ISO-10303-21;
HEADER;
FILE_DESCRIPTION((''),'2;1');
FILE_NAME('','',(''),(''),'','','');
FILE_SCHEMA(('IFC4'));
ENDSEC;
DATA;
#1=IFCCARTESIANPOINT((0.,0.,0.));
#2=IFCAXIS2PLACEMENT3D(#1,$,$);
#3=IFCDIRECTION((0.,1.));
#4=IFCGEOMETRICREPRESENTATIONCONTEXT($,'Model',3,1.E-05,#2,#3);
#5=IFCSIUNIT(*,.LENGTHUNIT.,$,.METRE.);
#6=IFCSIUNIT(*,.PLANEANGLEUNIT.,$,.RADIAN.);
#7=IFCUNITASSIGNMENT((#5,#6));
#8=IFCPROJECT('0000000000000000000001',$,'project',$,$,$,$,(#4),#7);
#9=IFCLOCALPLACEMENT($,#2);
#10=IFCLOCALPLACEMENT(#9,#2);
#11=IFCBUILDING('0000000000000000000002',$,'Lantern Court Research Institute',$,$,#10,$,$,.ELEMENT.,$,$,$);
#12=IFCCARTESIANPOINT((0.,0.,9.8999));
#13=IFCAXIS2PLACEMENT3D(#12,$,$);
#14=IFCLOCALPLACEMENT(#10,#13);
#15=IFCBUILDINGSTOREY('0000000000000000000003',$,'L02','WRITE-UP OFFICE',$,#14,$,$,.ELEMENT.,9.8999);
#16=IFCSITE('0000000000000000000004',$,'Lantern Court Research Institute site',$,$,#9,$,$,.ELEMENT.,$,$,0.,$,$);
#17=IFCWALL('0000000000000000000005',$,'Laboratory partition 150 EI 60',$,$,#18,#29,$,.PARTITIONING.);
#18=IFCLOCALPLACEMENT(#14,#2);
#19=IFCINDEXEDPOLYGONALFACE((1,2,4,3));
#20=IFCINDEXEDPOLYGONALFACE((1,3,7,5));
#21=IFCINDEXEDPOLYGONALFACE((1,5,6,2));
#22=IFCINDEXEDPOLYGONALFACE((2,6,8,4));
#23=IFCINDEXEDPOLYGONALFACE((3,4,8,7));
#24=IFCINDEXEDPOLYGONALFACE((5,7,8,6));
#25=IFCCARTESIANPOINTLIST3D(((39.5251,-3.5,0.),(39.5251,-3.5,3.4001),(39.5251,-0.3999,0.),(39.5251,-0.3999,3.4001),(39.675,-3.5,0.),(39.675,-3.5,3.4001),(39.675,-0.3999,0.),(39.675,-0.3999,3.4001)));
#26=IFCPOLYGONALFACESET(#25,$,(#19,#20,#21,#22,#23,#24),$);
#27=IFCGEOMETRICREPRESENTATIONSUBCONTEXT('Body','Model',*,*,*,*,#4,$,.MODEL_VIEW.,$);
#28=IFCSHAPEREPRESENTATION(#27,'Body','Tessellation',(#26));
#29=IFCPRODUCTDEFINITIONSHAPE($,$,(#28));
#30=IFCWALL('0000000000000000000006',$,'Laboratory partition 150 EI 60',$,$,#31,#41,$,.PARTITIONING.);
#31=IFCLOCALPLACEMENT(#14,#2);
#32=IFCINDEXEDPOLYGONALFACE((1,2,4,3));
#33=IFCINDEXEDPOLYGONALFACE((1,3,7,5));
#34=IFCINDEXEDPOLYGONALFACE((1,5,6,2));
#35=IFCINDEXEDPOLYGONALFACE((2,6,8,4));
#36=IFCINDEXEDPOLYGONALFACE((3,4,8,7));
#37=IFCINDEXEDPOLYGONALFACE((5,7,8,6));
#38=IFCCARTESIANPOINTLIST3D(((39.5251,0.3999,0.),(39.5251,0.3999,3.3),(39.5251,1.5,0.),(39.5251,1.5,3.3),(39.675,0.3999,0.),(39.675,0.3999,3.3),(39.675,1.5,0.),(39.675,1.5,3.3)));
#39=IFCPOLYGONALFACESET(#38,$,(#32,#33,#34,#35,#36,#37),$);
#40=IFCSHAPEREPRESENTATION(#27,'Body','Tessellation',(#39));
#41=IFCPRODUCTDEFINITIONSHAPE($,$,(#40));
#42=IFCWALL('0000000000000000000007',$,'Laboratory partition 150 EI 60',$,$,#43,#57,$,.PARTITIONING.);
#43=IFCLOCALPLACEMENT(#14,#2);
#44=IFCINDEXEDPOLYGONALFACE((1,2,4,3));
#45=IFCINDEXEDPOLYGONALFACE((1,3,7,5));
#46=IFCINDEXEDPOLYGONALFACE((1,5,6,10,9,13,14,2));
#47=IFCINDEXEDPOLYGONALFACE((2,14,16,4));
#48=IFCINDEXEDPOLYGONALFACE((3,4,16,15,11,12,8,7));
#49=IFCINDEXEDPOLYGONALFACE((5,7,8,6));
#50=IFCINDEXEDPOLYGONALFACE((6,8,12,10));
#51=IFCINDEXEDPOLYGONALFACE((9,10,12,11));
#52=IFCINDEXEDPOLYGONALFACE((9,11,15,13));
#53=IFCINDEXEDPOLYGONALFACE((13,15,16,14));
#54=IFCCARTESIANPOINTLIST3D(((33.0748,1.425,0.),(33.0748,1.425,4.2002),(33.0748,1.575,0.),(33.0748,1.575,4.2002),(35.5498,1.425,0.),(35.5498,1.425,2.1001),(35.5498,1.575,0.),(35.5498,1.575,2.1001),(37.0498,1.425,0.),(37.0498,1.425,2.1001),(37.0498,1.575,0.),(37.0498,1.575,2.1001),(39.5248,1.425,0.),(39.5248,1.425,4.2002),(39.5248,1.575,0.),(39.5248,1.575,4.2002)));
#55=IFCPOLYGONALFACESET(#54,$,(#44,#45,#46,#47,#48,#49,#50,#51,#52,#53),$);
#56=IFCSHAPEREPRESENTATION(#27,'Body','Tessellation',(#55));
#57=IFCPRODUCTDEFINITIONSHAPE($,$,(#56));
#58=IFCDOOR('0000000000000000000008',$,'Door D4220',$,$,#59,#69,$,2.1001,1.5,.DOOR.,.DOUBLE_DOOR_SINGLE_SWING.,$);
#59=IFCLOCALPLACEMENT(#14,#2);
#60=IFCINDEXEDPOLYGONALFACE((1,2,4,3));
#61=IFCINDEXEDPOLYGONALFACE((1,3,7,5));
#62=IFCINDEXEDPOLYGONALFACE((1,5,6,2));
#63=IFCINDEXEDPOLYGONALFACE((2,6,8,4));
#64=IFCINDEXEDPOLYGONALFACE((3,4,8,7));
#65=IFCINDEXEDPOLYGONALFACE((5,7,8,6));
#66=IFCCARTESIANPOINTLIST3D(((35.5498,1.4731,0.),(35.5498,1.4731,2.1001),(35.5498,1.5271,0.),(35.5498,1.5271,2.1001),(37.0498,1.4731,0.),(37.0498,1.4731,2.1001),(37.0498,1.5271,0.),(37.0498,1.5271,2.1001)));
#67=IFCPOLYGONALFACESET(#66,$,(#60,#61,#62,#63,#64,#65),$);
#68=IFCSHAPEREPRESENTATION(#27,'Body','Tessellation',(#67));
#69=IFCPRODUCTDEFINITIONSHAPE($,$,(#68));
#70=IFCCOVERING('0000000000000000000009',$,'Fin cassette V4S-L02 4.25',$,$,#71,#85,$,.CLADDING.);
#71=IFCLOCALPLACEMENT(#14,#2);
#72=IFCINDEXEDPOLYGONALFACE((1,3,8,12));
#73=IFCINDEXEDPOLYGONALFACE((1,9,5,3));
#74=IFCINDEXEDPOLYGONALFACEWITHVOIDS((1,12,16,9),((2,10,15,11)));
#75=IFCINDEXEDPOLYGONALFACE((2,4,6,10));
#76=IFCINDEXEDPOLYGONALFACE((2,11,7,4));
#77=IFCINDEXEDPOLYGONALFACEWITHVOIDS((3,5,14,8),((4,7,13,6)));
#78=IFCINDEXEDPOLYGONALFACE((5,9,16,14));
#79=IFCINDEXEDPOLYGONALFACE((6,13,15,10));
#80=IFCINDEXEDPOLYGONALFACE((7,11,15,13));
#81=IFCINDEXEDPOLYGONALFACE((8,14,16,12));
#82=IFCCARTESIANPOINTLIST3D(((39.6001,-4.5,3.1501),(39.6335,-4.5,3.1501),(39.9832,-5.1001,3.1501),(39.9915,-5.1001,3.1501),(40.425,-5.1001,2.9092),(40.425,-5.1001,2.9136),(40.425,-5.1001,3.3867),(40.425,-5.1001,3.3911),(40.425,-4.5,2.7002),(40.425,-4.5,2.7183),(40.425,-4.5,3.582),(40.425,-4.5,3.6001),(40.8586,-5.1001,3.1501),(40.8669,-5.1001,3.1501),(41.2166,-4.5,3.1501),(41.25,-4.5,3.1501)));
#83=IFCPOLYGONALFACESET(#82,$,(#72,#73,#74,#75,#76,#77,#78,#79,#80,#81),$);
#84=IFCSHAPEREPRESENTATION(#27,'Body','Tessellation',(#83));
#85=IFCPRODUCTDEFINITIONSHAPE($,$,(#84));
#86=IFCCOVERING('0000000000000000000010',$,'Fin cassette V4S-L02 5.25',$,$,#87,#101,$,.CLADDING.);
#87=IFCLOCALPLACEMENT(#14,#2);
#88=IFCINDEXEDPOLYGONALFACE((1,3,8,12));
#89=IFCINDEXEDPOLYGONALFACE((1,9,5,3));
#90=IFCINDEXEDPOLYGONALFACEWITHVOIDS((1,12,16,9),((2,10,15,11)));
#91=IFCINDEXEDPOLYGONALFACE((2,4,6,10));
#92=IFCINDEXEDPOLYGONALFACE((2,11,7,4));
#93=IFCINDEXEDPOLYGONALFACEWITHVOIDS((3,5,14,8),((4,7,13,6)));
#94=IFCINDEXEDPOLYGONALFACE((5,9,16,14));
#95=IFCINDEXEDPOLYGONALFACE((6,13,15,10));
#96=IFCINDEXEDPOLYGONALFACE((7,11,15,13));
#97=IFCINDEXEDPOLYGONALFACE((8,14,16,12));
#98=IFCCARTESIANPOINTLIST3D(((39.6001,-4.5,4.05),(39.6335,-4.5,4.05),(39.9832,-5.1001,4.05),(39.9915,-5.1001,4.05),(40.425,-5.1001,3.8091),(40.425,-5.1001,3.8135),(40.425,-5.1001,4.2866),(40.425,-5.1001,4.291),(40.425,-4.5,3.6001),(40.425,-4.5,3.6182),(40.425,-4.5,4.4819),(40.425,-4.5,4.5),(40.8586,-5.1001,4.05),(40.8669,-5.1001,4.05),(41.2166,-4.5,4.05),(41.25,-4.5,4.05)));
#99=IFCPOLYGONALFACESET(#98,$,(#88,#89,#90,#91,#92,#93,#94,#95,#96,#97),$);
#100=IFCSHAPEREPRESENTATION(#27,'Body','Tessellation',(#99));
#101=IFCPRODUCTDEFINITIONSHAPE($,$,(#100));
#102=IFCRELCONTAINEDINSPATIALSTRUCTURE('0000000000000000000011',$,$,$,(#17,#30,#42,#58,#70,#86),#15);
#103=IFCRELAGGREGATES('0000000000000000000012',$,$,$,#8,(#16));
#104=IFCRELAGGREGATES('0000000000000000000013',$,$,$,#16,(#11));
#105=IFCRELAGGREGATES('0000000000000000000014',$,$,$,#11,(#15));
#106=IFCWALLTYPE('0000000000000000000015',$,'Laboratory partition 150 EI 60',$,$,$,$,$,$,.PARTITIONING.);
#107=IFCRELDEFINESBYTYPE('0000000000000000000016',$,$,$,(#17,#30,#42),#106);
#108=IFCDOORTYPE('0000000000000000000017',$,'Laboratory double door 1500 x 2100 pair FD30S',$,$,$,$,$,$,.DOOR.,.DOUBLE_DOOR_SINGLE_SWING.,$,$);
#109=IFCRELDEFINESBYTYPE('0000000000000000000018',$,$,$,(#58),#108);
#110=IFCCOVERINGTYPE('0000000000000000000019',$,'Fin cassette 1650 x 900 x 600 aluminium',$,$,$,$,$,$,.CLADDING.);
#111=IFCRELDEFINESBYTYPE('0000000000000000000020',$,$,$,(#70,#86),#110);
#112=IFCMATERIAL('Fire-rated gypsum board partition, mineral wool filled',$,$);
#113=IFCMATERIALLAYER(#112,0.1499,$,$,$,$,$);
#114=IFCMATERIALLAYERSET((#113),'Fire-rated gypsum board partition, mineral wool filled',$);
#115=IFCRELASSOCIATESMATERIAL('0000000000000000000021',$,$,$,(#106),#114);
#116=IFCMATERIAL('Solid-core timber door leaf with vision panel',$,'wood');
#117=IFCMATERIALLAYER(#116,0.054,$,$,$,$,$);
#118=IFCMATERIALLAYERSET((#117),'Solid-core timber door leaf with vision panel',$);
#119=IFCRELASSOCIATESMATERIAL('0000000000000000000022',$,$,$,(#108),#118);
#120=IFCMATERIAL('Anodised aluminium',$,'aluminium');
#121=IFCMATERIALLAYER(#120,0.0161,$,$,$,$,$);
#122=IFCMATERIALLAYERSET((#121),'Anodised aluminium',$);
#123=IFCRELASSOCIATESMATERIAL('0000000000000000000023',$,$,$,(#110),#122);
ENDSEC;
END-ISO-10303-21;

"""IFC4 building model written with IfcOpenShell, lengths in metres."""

from ifc_helpers import new_model, entity, si_unit, direction, frame, frame_2d, origin, place, context, subcontext, project, spatial, rectangle, extrude, material, layer, layer_set, type_object, element, fill, save


model = new_model("IFC4")

# Units and contexts
model_context = context("Model", 3, precision=1e-05, world=origin(), true_north=direction((0.0, 1.0)))
body_context = subcontext(model_context, "Body", "Model", "MODEL_VIEW")
ifc_project = project(units=[si_unit("LENGTHUNIT", "METRE"), si_unit("PLANEANGLEUNIT", "RADIAN")], contexts=[model_context])

# Site, building, storey
site_placement = place(None, origin())
site = spatial("IfcSite", under=ifc_project, at=site_placement, Name="Lantern Court Research Institute site", CompositionType="ELEMENT", RefElevation=0.0)
building_placement = place(site_placement, origin())
building = spatial("IfcBuilding", under=site, at=building_placement, Name="Lantern Court Research Institute", CompositionType="ELEMENT")
storey_placement = place(building_placement, frame((0.0, 0.0, 9.8999)))
storey = spatial("IfcBuildingStorey", under=building, at=storey_placement, Name="L02", Description="WRITE-UP OFFICE", CompositionType="ELEMENT", Elevation=9.8999)

# Walls
ifc_material_1 = material(Name="Fire-rated gypsum board partition, mineral wool filled")
ifc_layer_1 = layer(ifc_material_1, 0.1499)
ifc_layer_set_1 = layer_set([ifc_layer_1], Name="Fire-rated gypsum board partition, mineral wool filled")
wall_type = type_object("IfcWallType", Name="Laboratory partition 150 EI 60", PredefinedType="PARTITIONING", material=ifc_layer_set_1)
wall_1_placement = place(storey_placement, frame((39.6001, -3.5, 0.0), z_axis=(0.0, 0.0, 1.0), x_axis=(0.0, 1.0, 0.0)))
element("IfcWall", 1, at=wall_1_placement, inside=storey, type_object=wall_type, Name="Laboratory partition 150 EI 60", PredefinedType="PARTITIONING", context=body_context, shape_type="SweptSolid", body=[
    extrude(rectangle(XDim=3.1001, YDim=0.1499, at=frame_2d((1.55, 0.0))), origin(), (0.0, 0.0, 1.0), 3.4001),
])
wall_2_placement = place(storey_placement, frame((39.6001, 0.3999, 0.0), z_axis=(0.0, 0.0, 1.0), x_axis=(0.0, 1.0, 0.0)))
element("IfcWall", 2, at=wall_2_placement, inside=storey, type_object=wall_type, Name="Laboratory partition 150 EI 60", PredefinedType="PARTITIONING", context=body_context, shape_type="SweptSolid", body=[
    extrude(rectangle(XDim=1.1001, YDim=0.1499, at=frame_2d((0.55, 0.0))), origin(), (0.0, 0.0, 1.0), 3.3),
])

# Wall, opening, door
wall_3_placement = place(storey_placement, frame((39.5249, 1.5, 0.0), z_axis=(0.0, 0.0, 1.0), x_axis=(-1.0, 0.0, 0.0)))
wall_3 = element("IfcWall", 3, at=wall_3_placement, inside=storey, type_object=wall_type, Name="Laboratory partition 150 EI 60", PredefinedType="PARTITIONING", context=body_context, shape_type="SweptSolid", body=[
    extrude(rectangle(XDim=6.45, YDim=0.1499, at=frame_2d((3.2251, 0.0))), origin(), (0.0, 0.0, 1.0), 4.2002),
])
opening_placement = place(wall_3_placement, frame((2.4751, 0.0, 0.0)))
opening = element("IfcOpeningElement", 4, at=opening_placement, cuts=wall_3, PredefinedType="OPENING", context=body_context, shape_type="SweptSolid", body=[
    extrude(rectangle(XDim=1.5, YDim=2.1001, at=frame_2d((0.75, 1.05))), frame((0.0, 0.085, 0.0), z_axis=(0.0, -1.0, 0.0), x_axis=(1.0, 0.0, 0.0)), (0.0, 0.0, 1.0), 0.1699),
])
ifc_material_2 = material(Name="Solid-core timber door leaf with vision panel", Category="wood")
ifc_layer_2 = layer(ifc_material_2, 0.054)
ifc_layer_set_2 = layer_set([ifc_layer_2], Name="Solid-core timber door leaf with vision panel")
door_type = type_object("IfcDoorType", Name="Laboratory double door 1500 x 2100 pair FD30S", OperationType="DOUBLE_DOOR_SINGLE_SWING", PredefinedType="DOOR", material=ifc_layer_set_2)
door_placement = place(opening_placement, origin())
door = element("IfcDoor", 5, at=door_placement, inside=storey, type_object=door_type, Name="Door D4220", OperationType="DOUBLE_DOOR_SINGLE_SWING", OverallHeight=2.1001, OverallWidth=1.5, PredefinedType="DOOR", context=body_context, shape_type="SweptSolid", body=[
    extrude(rectangle(XDim=1.5, YDim=2.1001, at=frame_2d((0.75, 1.05))), frame((0.0, 0.0269, 0.0), z_axis=(0.0, -1.0, 0.0), x_axis=(1.0, 0.0, 0.0)), (0.0, 0.0, 1.0), 0.054),
])
fill(opening, door)

# Coverings
ifc_material_3 = material(Name="Anodised aluminium", Category="aluminium")
ifc_layer_3 = layer(ifc_material_3, 0.0161)
ifc_layer_set_3 = layer_set([ifc_layer_3], Name="Anodised aluminium")
covering_type = type_object("IfcCoveringType", Name="Fin cassette 1650 x 900 x 600 aluminium", PredefinedType="CLADDING", material=ifc_layer_set_3)
covering_1_placement = place(storey_placement, frame((40.425, -4.5, 3.1501), z_axis=(0.0, -1.0, 0.0), x_axis=(1.0, 0.0, 0.0)))
cartesian_point_1 = entity("IfcCartesianPoint", [0.825, 0.0])
cartesian_point_2 = entity("IfcCartesianPoint", [0.7915, 0.0])
cartesian_point_3 = entity("IfcCartesianPoint", [0.4419, 0.0])
cartesian_point_4 = entity("IfcCartesianPoint", [0.4336, 0.0])
element("IfcCovering", 6, at=covering_1_placement, inside=storey, type_object=covering_type, Name="Fin cassette V4S-L02 4.25", PredefinedType="CLADDING", context=body_context, shape_type="SweptSolid", body=[
    entity("IfcExtrudedAreaSolidTapered", entity("IfcArbitraryProfileDefWithVoids", "AREA", None, entity("IfcPolyline", [cartesian_point_1, entity("IfcCartesianPoint", [0.0, 0.45]), entity("IfcCartesianPoint", [-0.825, 0.0]), entity("IfcCartesianPoint", [0.0, -0.45]), cartesian_point_1]), [entity("IfcPolyline", [cartesian_point_2, entity("IfcCartesianPoint", [0.0, 0.4319]), entity("IfcCartesianPoint", [-0.7915, 0.0]), entity("IfcCartesianPoint", [0.0, -0.4319]), cartesian_point_2])]), entity("IfcAxis2Placement3D", entity("IfcCartesianPoint", [0.0, 0.0, 0.0])), entity("IfcDirection", [0.0, 0.0, 1.0]), 0.6001, entity("IfcArbitraryProfileDefWithVoids", "AREA", None, entity("IfcPolyline", [cartesian_point_3, entity("IfcCartesianPoint", [0.0, 0.241]), entity("IfcCartesianPoint", [-0.4419, 0.0]), entity("IfcCartesianPoint", [0.0, -0.241]), cartesian_point_3]), [entity("IfcPolyline", [cartesian_point_4, entity("IfcCartesianPoint", [0.0, 0.2366]), entity("IfcCartesianPoint", [-0.4336, 0.0]), entity("IfcCartesianPoint", [0.0, -0.2366]), cartesian_point_4])])),
])
covering_2_placement = place(storey_placement, frame((40.425, -4.5, 4.05), z_axis=(0.0, -1.0, 0.0), x_axis=(1.0, 0.0, 0.0)))
cartesian_point_5 = entity("IfcCartesianPoint", [0.825, 0.0])
cartesian_point_6 = entity("IfcCartesianPoint", [0.7915, 0.0])
cartesian_point_7 = entity("IfcCartesianPoint", [0.4419, 0.0])
cartesian_point_8 = entity("IfcCartesianPoint", [0.4336, 0.0])
element("IfcCovering", 7, at=covering_2_placement, inside=storey, type_object=covering_type, Name="Fin cassette V4S-L02 5.25", PredefinedType="CLADDING", context=body_context, shape_type="SweptSolid", body=[
    entity("IfcExtrudedAreaSolidTapered", entity("IfcArbitraryProfileDefWithVoids", "AREA", None, entity("IfcPolyline", [cartesian_point_5, entity("IfcCartesianPoint", [0.0, 0.45]), entity("IfcCartesianPoint", [-0.825, 0.0]), entity("IfcCartesianPoint", [0.0, -0.45]), cartesian_point_5]), [entity("IfcPolyline", [cartesian_point_6, entity("IfcCartesianPoint", [0.0, 0.4319]), entity("IfcCartesianPoint", [-0.7915, 0.0]), entity("IfcCartesianPoint", [0.0, -0.4319]), cartesian_point_6])]), entity("IfcAxis2Placement3D", entity("IfcCartesianPoint", [0.0, 0.0, 0.0])), entity("IfcDirection", [0.0, 0.0, 1.0]), 0.6001, entity("IfcArbitraryProfileDefWithVoids", "AREA", None, entity("IfcPolyline", [cartesian_point_7, entity("IfcCartesianPoint", [0.0, 0.241]), entity("IfcCartesianPoint", [-0.4419, 0.0]), entity("IfcCartesianPoint", [0.0, -0.241]), cartesian_point_7]), [entity("IfcPolyline", [cartesian_point_8, entity("IfcCartesianPoint", [0.0, 0.2366]), entity("IfcCartesianPoint", [-0.4336, 0.0]), entity("IfcCartesianPoint", [0.0, -0.2366]), cartesian_point_8])])),
])

save(model, "model.ifc")
